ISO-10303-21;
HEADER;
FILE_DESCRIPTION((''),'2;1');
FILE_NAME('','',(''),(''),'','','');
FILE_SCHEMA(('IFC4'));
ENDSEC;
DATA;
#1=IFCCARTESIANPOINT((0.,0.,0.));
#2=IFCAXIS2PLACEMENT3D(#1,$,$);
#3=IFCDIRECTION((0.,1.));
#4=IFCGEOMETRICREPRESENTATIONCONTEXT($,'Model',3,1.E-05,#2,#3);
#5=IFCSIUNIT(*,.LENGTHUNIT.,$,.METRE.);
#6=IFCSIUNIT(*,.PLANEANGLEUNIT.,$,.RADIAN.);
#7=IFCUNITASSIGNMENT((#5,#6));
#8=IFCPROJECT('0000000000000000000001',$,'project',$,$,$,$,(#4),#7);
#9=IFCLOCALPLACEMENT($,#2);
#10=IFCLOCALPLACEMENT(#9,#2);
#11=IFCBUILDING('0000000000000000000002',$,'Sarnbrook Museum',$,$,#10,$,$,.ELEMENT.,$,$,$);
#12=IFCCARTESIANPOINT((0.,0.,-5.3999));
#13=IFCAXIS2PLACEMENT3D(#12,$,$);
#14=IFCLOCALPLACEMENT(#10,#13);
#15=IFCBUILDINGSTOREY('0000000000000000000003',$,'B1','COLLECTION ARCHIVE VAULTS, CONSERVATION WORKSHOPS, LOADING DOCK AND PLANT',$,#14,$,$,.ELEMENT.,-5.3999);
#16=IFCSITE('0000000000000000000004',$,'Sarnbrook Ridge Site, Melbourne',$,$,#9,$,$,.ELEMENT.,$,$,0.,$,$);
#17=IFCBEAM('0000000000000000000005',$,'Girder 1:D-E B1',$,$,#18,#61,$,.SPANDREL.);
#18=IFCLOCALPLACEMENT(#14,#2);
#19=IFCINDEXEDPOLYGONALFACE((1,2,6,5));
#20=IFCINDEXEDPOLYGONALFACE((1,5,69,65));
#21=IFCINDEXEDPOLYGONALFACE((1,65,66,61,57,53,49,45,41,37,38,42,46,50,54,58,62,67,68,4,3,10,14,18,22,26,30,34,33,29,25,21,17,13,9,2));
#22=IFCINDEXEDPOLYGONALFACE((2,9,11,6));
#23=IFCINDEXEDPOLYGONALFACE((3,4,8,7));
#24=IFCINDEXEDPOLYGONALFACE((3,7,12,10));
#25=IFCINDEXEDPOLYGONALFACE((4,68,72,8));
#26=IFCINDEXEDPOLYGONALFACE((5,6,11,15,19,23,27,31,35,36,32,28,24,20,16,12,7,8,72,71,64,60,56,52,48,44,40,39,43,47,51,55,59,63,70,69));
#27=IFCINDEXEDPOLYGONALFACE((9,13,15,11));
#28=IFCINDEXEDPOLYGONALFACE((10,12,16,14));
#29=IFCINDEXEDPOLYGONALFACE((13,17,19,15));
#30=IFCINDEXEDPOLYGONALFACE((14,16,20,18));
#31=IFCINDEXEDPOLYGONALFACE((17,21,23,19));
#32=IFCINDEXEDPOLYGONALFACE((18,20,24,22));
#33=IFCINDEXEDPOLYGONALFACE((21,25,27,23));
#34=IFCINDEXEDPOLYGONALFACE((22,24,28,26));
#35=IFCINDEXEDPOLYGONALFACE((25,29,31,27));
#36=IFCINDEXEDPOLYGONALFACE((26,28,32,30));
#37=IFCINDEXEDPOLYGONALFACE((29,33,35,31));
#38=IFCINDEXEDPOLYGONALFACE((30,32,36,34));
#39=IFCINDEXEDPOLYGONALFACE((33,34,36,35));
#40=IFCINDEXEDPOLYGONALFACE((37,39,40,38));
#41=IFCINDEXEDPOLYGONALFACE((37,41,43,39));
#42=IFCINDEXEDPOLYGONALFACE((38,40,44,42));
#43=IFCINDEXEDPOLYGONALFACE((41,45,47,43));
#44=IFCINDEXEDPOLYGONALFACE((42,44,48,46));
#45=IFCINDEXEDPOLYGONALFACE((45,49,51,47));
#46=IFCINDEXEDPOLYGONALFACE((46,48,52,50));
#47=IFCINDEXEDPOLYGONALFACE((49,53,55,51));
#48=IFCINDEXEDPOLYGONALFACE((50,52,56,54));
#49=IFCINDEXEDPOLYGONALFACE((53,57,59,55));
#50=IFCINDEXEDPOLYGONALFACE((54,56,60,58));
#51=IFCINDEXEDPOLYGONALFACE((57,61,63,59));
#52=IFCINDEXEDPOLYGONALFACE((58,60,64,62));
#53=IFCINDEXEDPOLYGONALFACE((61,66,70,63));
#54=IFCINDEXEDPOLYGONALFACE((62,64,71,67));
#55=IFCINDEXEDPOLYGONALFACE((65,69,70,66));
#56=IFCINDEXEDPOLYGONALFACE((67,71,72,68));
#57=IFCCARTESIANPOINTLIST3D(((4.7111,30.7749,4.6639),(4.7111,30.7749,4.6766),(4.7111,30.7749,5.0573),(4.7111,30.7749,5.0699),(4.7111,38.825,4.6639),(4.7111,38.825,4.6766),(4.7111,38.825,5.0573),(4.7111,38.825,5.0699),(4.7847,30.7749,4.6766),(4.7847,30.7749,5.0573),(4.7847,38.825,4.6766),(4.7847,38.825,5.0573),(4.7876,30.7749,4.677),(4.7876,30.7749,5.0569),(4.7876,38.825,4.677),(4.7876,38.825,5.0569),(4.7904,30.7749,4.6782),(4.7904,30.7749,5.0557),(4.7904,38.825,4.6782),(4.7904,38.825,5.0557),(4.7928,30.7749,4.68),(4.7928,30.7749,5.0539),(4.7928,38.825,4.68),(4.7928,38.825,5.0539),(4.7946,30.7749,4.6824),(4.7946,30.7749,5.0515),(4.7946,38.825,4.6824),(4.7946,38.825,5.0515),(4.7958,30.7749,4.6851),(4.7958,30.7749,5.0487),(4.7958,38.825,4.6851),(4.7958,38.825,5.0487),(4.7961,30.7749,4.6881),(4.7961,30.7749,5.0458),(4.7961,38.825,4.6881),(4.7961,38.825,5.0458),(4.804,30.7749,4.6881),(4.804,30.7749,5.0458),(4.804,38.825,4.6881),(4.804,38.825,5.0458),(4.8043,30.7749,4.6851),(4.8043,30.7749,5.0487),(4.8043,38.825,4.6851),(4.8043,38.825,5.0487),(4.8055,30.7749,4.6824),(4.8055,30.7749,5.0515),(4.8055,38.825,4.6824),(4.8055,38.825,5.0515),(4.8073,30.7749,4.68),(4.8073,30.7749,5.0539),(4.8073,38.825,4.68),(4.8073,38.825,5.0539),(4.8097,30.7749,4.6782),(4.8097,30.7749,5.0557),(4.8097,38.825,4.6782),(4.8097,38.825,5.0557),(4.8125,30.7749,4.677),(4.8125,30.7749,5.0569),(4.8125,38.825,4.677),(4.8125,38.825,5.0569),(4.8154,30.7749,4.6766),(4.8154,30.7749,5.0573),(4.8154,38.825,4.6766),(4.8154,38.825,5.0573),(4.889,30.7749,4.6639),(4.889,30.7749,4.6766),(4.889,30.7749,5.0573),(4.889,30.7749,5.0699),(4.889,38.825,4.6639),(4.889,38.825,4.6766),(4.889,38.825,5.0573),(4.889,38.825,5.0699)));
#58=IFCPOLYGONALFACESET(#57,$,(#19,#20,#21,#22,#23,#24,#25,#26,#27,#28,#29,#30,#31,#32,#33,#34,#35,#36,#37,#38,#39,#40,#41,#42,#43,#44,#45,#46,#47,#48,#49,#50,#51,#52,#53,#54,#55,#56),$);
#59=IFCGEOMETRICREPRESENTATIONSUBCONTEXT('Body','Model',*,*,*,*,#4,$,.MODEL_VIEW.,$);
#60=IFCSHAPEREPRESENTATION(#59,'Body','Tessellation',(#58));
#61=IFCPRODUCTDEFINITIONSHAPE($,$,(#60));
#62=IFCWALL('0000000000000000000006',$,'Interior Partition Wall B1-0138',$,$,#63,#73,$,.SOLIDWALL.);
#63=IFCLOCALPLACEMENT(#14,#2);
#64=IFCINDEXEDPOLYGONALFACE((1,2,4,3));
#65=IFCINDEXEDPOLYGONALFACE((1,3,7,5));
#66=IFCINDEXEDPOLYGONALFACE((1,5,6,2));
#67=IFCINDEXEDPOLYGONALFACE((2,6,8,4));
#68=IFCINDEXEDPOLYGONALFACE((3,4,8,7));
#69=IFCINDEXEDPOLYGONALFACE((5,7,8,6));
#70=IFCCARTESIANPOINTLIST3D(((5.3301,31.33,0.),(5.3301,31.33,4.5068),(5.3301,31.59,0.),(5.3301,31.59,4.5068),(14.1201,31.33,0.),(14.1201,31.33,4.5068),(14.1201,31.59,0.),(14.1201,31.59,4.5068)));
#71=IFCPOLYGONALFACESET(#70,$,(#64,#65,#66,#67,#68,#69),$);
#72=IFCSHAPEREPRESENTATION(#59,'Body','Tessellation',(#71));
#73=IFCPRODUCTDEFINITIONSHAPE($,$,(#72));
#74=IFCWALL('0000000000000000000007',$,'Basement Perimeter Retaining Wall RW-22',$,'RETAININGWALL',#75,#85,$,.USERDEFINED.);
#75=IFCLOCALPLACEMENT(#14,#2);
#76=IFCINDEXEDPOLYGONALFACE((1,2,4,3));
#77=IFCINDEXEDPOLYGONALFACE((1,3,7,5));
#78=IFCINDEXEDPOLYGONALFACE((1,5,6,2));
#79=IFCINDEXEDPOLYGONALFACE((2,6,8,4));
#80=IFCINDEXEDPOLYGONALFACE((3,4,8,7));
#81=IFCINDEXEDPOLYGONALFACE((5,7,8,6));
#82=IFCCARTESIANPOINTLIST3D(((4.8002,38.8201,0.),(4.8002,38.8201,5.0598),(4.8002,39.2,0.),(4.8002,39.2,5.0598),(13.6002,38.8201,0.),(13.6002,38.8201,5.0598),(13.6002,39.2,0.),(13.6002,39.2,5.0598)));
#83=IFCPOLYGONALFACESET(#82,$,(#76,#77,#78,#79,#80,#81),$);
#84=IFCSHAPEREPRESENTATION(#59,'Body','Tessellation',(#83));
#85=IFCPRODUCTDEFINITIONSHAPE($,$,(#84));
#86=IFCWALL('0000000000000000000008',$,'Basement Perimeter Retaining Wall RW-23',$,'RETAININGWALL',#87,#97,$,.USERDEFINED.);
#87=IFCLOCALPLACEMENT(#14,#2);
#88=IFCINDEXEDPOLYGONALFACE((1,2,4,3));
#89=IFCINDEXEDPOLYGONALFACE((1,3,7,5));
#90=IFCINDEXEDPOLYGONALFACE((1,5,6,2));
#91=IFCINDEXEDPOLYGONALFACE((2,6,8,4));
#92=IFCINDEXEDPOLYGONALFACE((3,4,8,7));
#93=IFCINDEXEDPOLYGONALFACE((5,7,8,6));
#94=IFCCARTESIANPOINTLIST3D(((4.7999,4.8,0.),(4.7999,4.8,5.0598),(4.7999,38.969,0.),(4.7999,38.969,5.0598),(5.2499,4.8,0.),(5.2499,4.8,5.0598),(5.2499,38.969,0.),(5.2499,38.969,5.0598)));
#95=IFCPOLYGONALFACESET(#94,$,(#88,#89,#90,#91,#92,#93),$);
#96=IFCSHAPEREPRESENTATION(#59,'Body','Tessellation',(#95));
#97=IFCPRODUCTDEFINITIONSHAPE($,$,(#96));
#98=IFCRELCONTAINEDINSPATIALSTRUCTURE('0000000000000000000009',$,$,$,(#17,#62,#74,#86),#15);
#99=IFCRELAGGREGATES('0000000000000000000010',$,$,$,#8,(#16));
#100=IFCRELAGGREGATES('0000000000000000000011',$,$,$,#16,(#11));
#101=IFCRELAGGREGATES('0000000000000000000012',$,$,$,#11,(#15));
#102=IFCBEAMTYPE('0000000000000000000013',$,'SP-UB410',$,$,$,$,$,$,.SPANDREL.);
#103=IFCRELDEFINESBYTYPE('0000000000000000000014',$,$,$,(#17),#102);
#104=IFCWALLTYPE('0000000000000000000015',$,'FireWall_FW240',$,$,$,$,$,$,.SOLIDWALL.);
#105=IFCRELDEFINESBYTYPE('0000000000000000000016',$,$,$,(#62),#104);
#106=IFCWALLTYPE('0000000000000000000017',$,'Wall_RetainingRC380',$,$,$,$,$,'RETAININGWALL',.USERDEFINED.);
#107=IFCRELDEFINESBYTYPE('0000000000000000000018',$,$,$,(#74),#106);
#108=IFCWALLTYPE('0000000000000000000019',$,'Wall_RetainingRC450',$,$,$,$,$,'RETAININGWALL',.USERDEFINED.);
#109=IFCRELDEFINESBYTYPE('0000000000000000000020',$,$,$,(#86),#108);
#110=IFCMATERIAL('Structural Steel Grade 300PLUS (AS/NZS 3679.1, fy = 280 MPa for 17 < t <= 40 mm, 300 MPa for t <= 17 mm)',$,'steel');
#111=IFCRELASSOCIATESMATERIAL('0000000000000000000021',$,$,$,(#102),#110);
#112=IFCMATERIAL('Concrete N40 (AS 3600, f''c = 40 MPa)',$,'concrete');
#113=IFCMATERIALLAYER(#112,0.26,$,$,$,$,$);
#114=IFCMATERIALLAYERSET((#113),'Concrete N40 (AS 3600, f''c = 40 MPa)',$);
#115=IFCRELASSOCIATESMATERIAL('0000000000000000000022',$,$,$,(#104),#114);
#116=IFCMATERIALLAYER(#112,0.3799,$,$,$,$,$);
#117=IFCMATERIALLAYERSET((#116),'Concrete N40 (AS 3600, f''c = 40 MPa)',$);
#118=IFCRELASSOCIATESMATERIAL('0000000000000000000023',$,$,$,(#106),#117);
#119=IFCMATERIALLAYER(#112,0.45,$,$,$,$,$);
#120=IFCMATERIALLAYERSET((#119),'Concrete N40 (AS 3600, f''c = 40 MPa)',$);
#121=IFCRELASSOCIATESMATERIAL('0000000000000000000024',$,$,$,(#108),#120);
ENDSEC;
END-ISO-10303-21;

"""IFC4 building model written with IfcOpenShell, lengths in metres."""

from ifc_helpers import new_model, si_unit, direction, frame, frame_2d, origin, origin_2d, place, context, subcontext, project, spatial, rectangle, i_section, extrude, material, layer, layer_set, material_profile, profile_set, type_object, element, save


model = new_model("IFC4")

# Units and contexts
model_context = context("Model", 3, precision=1e-05, world=origin(), true_north=direction((0.0, 1.0)))
body_context = subcontext(model_context, "Body", "Model", "MODEL_VIEW")
ifc_project = project(units=[si_unit("LENGTHUNIT", "METRE"), si_unit("PLANEANGLEUNIT", "RADIAN")], contexts=[model_context])

# Site, building, storey
site_placement = place(None, origin())
site = spatial("IfcSite", under=ifc_project, at=site_placement, Name="Sarnbrook Ridge Site, Melbourne", CompositionType="ELEMENT", RefElevation=0.0)
building_placement = place(site_placement, origin())
building = spatial("IfcBuilding", under=site, at=building_placement, Name="Sarnbrook Museum", CompositionType="ELEMENT")
storey_placement = place(building_placement, frame((0.0, 0.0, -5.3999)))
storey = spatial("IfcBuildingStorey", under=building, at=storey_placement, Name="B1", Description="COLLECTION ARCHIVE VAULTS, CONSERVATION WORKSHOPS, LOADING DOCK AND PLANT", CompositionType="ELEMENT", Elevation=-5.3999)

# Shared definitions
ifc_material_1 = material(Name="Concrete N40 (AS 3600, f'c = 40 MPa)", Category="concrete")

# Beam
ifc_material_2 = material(Name="Structural Steel Grade 300PLUS (AS/NZS 3679.1, fy = 280 MPa for 17 < t <= 40 mm, 300 MPa for t <= 17 mm)", Category="steel")
ifc_material_profile_1 = material_profile(ifc_material_2, i_section(OverallWidth=0.178, OverallDepth=0.406, WebThickness=0.0078, FlangeThickness=0.0127, FilletRadius=0.0115, at=origin_2d()), Name="410UB59.7")
ifc_profile_set_1 = profile_set([ifc_material_profile_1], Name="Structural Steel Grade 300PLUS (AS/NZS 3679.1, fy = 280 MPa for 17 < t <= 40 mm, 300 MPa for t <= 17 mm)")
beam_type_1 = type_object("IfcBeamType", Name="SP-UB410", PredefinedType="SPANDREL", material=ifc_profile_set_1)
beam_1_placement = place(storey_placement, frame((4.8, 30.7749, 4.8669), z_axis=(0.0, 1.0, 0.0), x_axis=(-1.0, 0.0, 0.0)))
element("IfcBeam", 1, at=beam_1_placement, inside=storey, type_object=beam_type_1, Name="Girder 1:D-E B1", PredefinedType="SPANDREL", context=body_context, shape_type="SweptSolid", body=[
    extrude(i_section(OverallWidth=0.178, OverallDepth=0.406, WebThickness=0.0078, FlangeThickness=0.0127, FilletRadius=0.0115, at=origin_2d()), origin(), (0.0, 0.0, 1.0), 8.05),
])

# Walls
ifc_layer_1 = layer(ifc_material_1, 0.26)
ifc_layer_set_1 = layer_set([ifc_layer_1], Name="Concrete N40 (AS 3600, f'c = 40 MPa)")
wall_type_1 = type_object("IfcWallType", Name="FireWall_FW240", PredefinedType="SOLIDWALL", material=ifc_layer_set_1)
wall_1_placement = place(storey_placement, frame((5.3301, 31.46, 0.0), z_axis=(0.0, 0.0, 1.0), x_axis=(1.0, 0.0, 0.0)))
element("IfcWall", 2, at=wall_1_placement, inside=storey, type_object=wall_type_1, Name="Interior Partition Wall B1-0138", PredefinedType="SOLIDWALL", context=body_context, shape_type="SweptSolid", body=[
    extrude(rectangle(XDim=8.79, YDim=0.26, at=frame_2d((4.395, 0.0))), origin(), (0.0, 0.0, 1.0), 4.5068),
])
ifc_layer_2 = layer(ifc_material_1, 0.3799)
ifc_layer_set_2 = layer_set([ifc_layer_2], Name="Concrete N40 (AS 3600, f'c = 40 MPa)")
wall_type_2 = type_object("IfcWallType", Name="Wall_RetainingRC380", ElementType="RETAININGWALL", PredefinedType="USERDEFINED", material=ifc_layer_set_2)
wall_2_placement = place(storey_placement, frame((13.6001, 39.01, 0.0), z_axis=(0.0, 0.0, 1.0), x_axis=(-1.0, 0.0, 0.0)))
element("IfcWall", 3, at=wall_2_placement, inside=storey, type_object=wall_type_2, Name="Basement Perimeter Retaining Wall RW-22", ObjectType="RETAININGWALL", PredefinedType="USERDEFINED", context=body_context, shape_type="SweptSolid", body=[
    extrude(rectangle(XDim=8.8, YDim=0.3799, at=frame_2d((4.3999, 0.0))), origin(), (0.0, 0.0, 1.0), 5.0598),
])
ifc_layer_3 = layer(ifc_material_1, 0.45)
ifc_layer_set_3 = layer_set([ifc_layer_3], Name="Concrete N40 (AS 3600, f'c = 40 MPa)")
wall_type_3 = type_object("IfcWallType", Name="Wall_RetainingRC450", ElementType="RETAININGWALL", PredefinedType="USERDEFINED", material=ifc_layer_set_3)
wall_3_placement = place(storey_placement, frame((5.0249, 38.969, 0.0), z_axis=(0.0, 0.0, 1.0), x_axis=(0.0, -1.0, 0.0)))
element("IfcWall", 4, at=wall_3_placement, inside=storey, type_object=wall_type_3, Name="Basement Perimeter Retaining Wall RW-23", ObjectType="RETAININGWALL", PredefinedType="USERDEFINED", context=body_context, shape_type="SweptSolid", body=[
    extrude(rectangle(XDim=34.1689, YDim=0.45, at=frame_2d((17.0845, 0.0))), origin(), (0.0, 0.0, 1.0), 5.0598),
])

save(model, "model.ifc")
